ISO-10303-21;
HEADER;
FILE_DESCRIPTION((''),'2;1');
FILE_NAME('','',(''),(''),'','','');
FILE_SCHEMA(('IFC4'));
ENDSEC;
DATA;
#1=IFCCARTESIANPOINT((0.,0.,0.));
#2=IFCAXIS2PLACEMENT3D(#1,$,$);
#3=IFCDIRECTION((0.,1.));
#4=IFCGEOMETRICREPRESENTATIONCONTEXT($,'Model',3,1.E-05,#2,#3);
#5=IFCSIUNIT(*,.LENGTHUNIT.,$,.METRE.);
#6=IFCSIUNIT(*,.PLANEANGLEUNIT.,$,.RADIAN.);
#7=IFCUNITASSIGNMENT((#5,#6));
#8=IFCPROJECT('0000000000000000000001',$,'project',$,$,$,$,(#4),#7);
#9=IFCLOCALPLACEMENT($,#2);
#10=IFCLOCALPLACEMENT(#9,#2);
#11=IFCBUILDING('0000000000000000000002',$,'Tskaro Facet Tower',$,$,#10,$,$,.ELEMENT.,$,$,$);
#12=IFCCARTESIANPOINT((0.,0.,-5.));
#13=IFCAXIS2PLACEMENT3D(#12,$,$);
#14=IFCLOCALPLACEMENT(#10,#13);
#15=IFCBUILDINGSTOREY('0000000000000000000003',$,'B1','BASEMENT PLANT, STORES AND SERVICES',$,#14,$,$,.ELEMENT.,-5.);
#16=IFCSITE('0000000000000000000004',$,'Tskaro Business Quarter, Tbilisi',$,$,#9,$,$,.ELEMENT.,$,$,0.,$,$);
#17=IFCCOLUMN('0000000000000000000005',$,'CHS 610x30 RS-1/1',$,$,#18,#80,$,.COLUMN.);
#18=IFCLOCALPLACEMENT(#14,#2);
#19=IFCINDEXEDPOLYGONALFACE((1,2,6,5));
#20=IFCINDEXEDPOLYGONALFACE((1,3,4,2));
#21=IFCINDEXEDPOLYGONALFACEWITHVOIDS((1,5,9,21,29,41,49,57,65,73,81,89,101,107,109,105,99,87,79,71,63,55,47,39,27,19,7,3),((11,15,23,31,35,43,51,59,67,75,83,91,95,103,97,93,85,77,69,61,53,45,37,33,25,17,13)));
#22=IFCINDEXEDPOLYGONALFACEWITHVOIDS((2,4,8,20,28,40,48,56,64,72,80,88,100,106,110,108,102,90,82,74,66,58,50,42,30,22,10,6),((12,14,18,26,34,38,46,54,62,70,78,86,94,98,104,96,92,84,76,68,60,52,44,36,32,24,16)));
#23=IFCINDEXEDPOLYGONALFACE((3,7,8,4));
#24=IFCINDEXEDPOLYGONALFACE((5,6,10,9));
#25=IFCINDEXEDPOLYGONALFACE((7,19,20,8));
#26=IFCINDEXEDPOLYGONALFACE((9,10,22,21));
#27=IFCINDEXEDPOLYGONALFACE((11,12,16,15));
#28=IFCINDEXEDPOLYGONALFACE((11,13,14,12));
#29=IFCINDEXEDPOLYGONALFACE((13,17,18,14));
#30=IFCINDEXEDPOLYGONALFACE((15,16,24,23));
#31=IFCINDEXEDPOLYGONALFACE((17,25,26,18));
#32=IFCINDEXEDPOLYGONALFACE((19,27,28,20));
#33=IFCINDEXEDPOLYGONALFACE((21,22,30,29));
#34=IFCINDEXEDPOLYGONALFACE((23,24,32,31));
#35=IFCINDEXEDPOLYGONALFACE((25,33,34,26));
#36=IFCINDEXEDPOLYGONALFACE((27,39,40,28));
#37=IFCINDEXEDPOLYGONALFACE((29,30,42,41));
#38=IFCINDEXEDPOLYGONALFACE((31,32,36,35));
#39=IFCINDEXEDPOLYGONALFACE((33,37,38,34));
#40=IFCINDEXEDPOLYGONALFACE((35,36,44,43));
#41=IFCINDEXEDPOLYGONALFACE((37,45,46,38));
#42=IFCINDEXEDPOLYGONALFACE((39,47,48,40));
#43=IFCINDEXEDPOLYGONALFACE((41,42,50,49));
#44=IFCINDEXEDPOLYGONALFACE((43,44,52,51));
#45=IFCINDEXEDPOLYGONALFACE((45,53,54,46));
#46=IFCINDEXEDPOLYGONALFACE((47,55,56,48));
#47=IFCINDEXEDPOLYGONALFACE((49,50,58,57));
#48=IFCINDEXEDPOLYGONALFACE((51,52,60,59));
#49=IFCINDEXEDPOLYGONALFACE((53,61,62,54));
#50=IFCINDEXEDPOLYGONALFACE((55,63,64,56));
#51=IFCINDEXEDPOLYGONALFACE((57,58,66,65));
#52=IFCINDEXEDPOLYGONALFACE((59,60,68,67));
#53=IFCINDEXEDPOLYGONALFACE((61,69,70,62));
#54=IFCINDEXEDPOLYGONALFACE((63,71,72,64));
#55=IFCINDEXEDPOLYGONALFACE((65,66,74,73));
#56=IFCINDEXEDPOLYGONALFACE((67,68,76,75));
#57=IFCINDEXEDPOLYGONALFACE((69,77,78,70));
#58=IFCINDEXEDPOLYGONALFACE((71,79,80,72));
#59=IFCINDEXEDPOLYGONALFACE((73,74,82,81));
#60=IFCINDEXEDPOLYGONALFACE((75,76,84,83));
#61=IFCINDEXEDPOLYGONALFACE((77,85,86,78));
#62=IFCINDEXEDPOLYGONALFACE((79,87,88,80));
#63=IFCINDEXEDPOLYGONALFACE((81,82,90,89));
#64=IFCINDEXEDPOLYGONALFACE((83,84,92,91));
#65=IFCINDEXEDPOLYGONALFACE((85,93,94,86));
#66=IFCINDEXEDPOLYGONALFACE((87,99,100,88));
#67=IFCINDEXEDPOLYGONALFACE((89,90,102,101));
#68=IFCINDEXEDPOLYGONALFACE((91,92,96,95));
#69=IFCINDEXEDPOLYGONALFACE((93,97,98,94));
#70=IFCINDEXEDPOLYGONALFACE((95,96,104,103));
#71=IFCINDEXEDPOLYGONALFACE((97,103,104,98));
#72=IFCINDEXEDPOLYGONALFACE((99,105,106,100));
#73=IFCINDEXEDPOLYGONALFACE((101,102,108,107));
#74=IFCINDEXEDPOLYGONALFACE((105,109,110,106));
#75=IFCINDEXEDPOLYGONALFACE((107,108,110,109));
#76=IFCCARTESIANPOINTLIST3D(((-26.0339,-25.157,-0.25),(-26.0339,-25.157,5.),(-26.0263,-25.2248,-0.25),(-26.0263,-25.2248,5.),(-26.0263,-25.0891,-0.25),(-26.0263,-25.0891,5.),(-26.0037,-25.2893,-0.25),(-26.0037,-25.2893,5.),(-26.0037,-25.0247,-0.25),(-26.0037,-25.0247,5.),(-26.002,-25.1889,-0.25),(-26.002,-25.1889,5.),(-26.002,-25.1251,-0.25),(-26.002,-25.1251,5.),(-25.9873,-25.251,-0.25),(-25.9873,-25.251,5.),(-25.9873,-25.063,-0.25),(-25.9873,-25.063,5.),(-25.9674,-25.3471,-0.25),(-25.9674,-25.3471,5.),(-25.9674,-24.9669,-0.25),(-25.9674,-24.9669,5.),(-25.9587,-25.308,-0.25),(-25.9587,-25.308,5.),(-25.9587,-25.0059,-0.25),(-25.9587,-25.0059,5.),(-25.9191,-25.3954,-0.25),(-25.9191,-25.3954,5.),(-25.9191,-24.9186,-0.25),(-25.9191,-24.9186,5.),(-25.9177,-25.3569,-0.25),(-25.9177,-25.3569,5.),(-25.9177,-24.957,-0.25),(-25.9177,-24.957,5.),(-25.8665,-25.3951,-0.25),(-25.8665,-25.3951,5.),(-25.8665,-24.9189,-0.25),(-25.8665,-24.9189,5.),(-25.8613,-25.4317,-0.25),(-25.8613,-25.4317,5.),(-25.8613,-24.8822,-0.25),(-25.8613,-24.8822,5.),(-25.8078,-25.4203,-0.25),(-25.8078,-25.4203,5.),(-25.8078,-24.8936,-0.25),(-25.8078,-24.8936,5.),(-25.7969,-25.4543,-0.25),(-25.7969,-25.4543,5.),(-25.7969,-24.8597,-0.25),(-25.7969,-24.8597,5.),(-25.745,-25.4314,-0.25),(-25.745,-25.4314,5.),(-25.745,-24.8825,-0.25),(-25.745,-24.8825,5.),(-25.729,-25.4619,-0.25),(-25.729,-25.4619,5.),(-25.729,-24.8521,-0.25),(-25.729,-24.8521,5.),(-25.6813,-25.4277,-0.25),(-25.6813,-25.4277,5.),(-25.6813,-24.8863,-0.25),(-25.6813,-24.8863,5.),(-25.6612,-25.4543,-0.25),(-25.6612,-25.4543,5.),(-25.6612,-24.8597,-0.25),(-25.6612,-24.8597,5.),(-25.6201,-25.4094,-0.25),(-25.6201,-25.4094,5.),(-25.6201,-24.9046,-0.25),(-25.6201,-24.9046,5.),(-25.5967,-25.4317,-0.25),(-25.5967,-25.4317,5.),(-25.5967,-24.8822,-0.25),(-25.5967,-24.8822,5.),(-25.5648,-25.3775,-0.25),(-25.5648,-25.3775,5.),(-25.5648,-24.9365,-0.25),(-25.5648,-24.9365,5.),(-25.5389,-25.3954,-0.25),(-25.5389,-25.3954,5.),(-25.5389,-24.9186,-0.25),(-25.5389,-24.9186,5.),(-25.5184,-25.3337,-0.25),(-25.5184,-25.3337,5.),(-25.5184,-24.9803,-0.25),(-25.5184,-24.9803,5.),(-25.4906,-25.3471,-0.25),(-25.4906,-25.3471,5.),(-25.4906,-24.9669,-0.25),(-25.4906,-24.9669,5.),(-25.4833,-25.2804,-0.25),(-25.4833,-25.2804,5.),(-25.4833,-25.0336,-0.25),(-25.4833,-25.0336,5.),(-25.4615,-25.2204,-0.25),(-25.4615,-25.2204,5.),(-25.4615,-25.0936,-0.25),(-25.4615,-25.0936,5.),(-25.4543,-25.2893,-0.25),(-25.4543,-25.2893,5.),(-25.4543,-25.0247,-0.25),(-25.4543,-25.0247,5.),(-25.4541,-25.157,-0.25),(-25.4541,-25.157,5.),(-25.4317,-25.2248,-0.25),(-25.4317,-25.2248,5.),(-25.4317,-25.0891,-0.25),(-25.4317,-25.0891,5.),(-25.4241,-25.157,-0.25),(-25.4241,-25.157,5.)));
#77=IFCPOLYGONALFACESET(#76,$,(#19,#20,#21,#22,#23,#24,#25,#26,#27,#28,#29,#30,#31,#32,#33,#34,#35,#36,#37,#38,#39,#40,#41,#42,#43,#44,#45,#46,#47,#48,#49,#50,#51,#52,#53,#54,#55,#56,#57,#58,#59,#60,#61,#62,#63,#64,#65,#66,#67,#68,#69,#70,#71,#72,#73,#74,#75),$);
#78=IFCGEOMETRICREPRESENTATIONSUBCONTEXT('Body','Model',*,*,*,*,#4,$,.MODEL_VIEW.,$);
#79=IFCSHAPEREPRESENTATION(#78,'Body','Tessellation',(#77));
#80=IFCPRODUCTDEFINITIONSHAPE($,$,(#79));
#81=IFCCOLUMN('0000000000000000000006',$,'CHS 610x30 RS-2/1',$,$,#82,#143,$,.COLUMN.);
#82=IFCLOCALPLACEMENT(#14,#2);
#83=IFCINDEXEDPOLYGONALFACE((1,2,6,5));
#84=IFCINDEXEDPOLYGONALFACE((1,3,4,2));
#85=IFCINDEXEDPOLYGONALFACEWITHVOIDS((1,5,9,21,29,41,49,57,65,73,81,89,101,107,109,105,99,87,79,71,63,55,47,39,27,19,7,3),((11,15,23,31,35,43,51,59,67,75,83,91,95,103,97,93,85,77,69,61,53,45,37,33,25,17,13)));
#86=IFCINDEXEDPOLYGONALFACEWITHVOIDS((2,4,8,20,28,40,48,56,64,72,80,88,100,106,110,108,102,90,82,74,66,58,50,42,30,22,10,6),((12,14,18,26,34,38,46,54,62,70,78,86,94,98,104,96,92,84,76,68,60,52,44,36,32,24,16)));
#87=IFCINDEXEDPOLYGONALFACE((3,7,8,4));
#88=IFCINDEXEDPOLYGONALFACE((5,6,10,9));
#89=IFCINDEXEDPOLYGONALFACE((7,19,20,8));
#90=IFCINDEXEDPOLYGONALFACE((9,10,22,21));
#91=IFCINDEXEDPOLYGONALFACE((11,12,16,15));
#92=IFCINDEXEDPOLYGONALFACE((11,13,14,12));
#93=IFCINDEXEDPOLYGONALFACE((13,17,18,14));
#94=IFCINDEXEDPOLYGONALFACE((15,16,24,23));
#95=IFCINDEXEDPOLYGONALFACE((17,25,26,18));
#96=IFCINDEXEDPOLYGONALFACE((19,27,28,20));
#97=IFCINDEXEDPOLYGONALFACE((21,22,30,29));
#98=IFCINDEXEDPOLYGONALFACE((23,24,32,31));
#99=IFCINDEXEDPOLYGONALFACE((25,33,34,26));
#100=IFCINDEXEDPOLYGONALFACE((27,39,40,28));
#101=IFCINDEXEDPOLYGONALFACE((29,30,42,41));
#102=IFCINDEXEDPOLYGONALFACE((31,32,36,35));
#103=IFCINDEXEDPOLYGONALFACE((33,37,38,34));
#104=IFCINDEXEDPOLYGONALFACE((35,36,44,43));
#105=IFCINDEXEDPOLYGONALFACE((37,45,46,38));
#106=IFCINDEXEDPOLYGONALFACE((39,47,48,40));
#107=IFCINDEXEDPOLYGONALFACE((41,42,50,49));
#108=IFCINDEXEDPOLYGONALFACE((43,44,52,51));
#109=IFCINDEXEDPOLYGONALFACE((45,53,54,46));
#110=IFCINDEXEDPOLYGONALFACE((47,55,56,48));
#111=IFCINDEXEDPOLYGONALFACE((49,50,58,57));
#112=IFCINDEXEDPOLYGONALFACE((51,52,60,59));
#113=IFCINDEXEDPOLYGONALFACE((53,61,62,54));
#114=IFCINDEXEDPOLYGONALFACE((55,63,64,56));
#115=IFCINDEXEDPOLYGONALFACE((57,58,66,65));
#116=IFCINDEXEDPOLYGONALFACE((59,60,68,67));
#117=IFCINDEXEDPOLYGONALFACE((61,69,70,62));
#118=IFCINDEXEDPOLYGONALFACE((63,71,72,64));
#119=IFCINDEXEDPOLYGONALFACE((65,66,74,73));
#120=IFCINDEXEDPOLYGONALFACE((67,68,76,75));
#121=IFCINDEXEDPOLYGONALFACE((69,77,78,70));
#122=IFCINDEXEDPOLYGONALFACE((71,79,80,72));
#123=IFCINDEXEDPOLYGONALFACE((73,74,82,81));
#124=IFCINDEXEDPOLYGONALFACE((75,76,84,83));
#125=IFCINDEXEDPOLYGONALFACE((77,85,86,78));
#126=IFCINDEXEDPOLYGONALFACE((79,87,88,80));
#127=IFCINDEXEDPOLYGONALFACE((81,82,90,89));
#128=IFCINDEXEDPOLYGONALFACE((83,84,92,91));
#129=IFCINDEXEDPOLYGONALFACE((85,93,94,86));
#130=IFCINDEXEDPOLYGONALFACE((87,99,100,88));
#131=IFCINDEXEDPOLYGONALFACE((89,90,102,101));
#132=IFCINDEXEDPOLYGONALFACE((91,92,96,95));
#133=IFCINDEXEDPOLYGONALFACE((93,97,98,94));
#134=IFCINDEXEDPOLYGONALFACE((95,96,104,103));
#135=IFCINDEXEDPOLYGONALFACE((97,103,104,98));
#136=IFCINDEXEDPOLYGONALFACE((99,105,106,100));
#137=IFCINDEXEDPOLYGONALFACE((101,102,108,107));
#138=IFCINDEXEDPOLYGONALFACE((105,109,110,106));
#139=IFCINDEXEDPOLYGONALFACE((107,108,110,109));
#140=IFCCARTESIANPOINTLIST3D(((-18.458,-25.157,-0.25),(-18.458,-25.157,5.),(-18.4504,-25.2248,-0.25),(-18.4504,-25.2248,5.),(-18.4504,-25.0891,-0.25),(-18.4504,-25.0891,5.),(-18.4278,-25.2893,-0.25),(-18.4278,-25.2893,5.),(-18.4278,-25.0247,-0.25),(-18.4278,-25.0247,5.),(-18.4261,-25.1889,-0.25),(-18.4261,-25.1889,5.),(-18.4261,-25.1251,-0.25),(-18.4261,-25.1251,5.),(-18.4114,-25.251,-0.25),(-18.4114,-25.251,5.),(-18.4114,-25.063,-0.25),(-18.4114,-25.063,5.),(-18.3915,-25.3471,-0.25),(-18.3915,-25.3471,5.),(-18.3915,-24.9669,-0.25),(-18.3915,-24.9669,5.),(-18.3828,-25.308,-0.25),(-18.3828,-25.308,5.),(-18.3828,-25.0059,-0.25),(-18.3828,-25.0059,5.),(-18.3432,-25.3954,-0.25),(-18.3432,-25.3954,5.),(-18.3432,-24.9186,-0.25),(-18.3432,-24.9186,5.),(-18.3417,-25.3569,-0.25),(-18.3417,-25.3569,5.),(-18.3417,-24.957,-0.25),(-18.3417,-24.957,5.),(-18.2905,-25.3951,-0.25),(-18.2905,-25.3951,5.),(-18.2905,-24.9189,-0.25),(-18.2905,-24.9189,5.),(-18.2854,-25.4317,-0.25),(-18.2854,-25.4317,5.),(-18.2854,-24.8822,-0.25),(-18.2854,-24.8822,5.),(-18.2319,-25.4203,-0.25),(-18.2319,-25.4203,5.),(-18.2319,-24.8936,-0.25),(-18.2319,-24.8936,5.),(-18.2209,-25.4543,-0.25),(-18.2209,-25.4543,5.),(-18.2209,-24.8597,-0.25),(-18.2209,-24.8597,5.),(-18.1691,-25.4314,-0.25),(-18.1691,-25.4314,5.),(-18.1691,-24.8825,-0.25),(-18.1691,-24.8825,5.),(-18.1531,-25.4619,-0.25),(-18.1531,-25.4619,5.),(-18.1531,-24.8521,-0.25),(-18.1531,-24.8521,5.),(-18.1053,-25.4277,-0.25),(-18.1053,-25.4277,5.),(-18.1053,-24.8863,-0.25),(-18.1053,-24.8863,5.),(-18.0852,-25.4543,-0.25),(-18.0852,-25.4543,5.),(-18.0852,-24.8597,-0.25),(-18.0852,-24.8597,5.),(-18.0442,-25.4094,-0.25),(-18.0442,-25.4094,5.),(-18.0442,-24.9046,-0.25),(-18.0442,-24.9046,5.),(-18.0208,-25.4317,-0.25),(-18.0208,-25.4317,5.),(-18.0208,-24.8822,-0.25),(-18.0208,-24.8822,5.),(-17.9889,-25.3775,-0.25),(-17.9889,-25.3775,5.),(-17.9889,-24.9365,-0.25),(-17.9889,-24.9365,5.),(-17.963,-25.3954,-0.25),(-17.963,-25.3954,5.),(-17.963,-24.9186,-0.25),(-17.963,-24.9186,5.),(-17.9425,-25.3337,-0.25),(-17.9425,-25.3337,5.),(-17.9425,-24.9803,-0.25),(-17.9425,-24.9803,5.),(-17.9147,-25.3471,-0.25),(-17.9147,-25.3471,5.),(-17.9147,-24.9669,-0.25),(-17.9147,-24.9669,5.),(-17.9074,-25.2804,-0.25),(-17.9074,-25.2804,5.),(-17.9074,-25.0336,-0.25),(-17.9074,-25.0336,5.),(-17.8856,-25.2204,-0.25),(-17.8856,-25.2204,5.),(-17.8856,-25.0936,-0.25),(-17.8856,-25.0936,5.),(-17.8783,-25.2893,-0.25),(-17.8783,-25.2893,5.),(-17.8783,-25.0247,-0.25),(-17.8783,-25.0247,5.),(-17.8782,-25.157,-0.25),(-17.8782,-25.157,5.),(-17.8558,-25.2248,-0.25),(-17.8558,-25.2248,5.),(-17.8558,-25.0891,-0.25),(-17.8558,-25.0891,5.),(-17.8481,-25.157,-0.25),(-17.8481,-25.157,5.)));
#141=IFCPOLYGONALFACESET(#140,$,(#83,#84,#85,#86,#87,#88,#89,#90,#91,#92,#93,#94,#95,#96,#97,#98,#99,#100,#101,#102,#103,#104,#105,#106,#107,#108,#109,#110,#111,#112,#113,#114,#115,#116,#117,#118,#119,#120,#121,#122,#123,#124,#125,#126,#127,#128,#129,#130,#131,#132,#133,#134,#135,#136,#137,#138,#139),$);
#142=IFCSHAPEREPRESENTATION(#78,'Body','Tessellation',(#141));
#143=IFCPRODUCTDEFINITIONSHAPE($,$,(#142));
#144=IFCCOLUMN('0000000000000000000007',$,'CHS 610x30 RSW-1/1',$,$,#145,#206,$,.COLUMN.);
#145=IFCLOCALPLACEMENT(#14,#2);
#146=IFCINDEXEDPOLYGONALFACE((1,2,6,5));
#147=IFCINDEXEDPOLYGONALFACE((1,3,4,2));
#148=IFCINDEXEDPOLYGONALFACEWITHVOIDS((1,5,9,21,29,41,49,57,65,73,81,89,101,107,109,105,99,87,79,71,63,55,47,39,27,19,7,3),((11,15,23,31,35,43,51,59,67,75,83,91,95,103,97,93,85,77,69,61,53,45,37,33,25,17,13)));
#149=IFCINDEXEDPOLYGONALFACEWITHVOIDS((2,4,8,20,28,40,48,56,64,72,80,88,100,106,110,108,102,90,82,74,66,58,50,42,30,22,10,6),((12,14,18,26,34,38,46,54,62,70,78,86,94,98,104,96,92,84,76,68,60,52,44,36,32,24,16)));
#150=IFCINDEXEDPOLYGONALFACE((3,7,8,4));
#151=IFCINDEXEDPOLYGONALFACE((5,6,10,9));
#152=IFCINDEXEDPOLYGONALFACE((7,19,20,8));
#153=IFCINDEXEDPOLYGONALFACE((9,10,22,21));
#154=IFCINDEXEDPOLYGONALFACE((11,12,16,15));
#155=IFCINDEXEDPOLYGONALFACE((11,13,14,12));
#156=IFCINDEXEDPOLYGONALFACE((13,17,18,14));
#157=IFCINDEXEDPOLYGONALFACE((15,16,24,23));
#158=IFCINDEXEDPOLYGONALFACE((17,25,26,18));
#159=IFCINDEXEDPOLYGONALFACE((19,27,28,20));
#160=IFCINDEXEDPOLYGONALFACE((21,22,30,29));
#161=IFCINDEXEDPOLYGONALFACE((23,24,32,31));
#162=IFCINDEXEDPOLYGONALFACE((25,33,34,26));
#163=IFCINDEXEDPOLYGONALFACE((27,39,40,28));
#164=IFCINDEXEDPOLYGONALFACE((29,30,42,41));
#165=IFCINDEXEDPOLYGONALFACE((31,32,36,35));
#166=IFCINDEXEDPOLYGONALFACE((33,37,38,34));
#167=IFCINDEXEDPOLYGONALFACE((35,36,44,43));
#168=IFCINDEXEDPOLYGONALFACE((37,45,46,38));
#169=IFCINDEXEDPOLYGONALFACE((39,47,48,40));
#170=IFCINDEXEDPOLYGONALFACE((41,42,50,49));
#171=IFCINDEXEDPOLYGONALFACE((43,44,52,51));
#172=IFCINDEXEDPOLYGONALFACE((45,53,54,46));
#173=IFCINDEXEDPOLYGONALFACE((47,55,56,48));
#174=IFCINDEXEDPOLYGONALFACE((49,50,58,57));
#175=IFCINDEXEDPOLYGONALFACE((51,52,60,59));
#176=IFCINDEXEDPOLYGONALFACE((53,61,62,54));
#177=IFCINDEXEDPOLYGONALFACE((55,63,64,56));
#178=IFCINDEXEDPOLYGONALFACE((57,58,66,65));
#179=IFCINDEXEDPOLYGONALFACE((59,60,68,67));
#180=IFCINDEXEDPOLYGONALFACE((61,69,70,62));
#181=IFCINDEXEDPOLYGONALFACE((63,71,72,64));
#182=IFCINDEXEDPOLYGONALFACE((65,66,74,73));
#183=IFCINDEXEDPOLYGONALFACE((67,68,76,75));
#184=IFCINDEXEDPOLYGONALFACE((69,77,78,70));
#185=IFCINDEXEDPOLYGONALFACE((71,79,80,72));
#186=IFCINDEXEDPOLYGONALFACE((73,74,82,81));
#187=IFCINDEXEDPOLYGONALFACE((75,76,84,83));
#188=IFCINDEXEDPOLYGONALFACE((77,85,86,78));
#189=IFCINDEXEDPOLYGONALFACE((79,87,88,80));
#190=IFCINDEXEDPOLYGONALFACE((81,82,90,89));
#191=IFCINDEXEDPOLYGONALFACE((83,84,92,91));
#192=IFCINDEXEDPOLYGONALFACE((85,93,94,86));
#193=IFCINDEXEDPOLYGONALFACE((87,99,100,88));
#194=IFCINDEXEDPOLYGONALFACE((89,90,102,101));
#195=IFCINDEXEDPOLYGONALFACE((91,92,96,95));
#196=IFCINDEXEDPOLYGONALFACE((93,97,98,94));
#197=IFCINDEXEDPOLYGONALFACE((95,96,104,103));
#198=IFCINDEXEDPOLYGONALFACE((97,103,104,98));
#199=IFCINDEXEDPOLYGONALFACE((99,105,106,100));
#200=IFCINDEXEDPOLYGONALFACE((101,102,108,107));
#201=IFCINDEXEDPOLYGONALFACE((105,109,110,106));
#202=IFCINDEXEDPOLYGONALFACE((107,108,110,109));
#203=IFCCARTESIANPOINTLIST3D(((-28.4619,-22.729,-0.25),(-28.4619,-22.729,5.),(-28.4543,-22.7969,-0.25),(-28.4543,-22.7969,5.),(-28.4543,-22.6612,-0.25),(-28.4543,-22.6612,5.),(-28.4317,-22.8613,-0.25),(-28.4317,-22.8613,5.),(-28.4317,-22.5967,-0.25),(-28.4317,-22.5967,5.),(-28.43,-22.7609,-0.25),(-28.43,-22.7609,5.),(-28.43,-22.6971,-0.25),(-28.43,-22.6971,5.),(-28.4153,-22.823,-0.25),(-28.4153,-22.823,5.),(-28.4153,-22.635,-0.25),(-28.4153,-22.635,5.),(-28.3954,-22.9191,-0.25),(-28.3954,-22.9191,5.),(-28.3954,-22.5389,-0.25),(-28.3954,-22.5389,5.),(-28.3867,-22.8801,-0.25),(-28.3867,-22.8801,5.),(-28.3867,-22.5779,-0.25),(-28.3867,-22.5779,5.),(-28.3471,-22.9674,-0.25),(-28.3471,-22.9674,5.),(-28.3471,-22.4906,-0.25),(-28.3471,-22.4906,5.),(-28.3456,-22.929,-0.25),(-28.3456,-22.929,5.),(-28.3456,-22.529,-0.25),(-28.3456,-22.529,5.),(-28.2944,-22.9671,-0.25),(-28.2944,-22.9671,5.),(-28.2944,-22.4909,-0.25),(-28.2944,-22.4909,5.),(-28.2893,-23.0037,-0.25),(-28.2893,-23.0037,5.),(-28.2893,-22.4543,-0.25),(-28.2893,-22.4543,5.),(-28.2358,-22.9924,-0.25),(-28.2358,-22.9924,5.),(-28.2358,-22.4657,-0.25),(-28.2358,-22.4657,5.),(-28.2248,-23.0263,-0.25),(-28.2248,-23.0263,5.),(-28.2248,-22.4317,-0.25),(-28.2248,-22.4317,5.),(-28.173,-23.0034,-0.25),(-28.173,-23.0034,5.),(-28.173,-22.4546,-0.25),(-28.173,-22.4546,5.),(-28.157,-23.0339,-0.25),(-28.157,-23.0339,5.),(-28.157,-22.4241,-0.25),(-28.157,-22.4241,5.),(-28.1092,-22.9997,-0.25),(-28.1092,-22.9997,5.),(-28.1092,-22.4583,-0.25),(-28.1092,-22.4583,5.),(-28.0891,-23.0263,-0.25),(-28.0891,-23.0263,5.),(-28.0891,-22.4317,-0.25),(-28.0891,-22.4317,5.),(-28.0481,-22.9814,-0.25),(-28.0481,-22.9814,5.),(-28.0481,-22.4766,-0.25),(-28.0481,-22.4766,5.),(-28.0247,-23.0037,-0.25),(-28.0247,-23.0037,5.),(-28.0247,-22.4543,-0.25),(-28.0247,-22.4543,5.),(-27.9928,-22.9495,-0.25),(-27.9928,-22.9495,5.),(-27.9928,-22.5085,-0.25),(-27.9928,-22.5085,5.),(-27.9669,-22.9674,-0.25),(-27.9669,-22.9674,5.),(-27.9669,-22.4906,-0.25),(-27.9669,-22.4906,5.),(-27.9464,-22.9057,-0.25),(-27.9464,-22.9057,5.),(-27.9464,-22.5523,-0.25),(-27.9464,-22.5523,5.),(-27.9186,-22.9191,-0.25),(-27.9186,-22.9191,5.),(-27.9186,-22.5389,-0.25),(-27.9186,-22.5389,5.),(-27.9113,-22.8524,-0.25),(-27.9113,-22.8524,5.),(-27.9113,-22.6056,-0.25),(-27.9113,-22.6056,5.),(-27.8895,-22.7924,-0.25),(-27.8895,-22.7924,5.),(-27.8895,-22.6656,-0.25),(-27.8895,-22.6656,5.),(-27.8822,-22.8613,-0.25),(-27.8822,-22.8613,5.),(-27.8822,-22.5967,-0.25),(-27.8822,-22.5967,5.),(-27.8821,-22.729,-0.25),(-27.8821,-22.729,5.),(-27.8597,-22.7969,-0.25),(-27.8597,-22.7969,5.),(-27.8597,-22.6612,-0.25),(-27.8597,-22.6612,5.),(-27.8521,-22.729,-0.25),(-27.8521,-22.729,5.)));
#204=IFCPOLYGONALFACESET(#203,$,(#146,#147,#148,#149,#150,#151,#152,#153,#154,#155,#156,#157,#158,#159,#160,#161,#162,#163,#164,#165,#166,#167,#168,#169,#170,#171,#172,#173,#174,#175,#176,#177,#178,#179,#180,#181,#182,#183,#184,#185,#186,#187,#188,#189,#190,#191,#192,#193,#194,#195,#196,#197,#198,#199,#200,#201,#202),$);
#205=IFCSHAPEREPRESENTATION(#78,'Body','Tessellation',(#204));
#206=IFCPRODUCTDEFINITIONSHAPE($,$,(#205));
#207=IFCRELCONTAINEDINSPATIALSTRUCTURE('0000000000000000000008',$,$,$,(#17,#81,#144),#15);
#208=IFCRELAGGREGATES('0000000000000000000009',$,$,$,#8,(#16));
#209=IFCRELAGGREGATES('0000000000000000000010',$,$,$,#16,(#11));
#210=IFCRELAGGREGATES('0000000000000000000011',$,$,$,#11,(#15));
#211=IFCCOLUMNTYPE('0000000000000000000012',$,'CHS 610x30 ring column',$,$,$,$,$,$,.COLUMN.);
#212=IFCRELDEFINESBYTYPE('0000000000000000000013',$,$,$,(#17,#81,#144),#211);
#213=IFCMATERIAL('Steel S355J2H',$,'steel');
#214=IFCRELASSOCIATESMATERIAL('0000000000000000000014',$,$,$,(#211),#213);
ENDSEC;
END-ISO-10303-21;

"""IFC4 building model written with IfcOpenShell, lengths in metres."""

from ifc_helpers import new_model, si_unit, direction, frame, origin, origin_2d, place, context, subcontext, project, spatial, hollow_circle, extrude, material, material_profile, profile_set, type_object, element, save


model = new_model("IFC4")

# Units and contexts
model_context = context("Model", 3, precision=1e-05, world=origin(), true_north=direction((0.0, 1.0)))
body_context = subcontext(model_context, "Body", "Model", "MODEL_VIEW")
ifc_project = project(units=[si_unit("LENGTHUNIT", "METRE"), si_unit("PLANEANGLEUNIT", "RADIAN")], contexts=[model_context])

# Site, building, storey
site_placement = place(None, origin())
site = spatial("IfcSite", under=ifc_project, at=site_placement, Name="Tskaro Business Quarter, Tbilisi", CompositionType="ELEMENT", RefElevation=0.0)
building_placement = place(site_placement, origin())
building = spatial("IfcBuilding", under=site, at=building_placement, Name="Tskaro Facet Tower", CompositionType="ELEMENT")
storey_placement = place(building_placement, frame((0.0, 0.0, -5.0)))
storey = spatial("IfcBuildingStorey", under=building, at=storey_placement, Name="B1", Description="BASEMENT PLANT, STORES AND SERVICES", CompositionType="ELEMENT", Elevation=-5.0)

# Columns
ifc_material_1 = material(Name="Steel S355J2H", Category="steel")
ifc_material_profile_1 = material_profile(ifc_material_1, hollow_circle(Radius=0.3049, WallThickness=0.03, at=origin_2d()), Name="CHS 610x30")
ifc_profile_set_1 = profile_set([ifc_material_profile_1], Name="Steel S355J2H")
column_type_1 = type_object("IfcColumnType", Name="CHS 610x30 ring column", PredefinedType="COLUMN", material=ifc_profile_set_1)
for number, where, z_axis, x_axis, name in (
    (1, (-25.729, -25.157, -0.25), (0.0, 0.0, 1.0), (1.0, 0.0, 0.0), "CHS 610x30 RS-1/1"),
    (2, (-18.1531, -25.157, -0.25), (0.0, 0.0, 1.0), (1.0, 0.0, 0.0), "CHS 610x30 RS-2/1"),
    (3, (-28.157, -22.729, -0.25), (0.0, 0.0, 1.0), (1.0, 0.0, 0.0), "CHS 610x30 RSW-1/1"),
):
    element("IfcColumn", number, at=place(storey_placement, frame(where, z_axis=z_axis, x_axis=x_axis)), inside=storey, type_object=column_type_1, Name=name, PredefinedType="COLUMN", context=body_context, shape_type="SweptSolid", body=[
        extrude(hollow_circle(Radius=0.3049, WallThickness=0.03, at=origin_2d()), origin(), (0.0, 0.0, 1.0), 5.25),
    ])

save(model, "model.ifc")
